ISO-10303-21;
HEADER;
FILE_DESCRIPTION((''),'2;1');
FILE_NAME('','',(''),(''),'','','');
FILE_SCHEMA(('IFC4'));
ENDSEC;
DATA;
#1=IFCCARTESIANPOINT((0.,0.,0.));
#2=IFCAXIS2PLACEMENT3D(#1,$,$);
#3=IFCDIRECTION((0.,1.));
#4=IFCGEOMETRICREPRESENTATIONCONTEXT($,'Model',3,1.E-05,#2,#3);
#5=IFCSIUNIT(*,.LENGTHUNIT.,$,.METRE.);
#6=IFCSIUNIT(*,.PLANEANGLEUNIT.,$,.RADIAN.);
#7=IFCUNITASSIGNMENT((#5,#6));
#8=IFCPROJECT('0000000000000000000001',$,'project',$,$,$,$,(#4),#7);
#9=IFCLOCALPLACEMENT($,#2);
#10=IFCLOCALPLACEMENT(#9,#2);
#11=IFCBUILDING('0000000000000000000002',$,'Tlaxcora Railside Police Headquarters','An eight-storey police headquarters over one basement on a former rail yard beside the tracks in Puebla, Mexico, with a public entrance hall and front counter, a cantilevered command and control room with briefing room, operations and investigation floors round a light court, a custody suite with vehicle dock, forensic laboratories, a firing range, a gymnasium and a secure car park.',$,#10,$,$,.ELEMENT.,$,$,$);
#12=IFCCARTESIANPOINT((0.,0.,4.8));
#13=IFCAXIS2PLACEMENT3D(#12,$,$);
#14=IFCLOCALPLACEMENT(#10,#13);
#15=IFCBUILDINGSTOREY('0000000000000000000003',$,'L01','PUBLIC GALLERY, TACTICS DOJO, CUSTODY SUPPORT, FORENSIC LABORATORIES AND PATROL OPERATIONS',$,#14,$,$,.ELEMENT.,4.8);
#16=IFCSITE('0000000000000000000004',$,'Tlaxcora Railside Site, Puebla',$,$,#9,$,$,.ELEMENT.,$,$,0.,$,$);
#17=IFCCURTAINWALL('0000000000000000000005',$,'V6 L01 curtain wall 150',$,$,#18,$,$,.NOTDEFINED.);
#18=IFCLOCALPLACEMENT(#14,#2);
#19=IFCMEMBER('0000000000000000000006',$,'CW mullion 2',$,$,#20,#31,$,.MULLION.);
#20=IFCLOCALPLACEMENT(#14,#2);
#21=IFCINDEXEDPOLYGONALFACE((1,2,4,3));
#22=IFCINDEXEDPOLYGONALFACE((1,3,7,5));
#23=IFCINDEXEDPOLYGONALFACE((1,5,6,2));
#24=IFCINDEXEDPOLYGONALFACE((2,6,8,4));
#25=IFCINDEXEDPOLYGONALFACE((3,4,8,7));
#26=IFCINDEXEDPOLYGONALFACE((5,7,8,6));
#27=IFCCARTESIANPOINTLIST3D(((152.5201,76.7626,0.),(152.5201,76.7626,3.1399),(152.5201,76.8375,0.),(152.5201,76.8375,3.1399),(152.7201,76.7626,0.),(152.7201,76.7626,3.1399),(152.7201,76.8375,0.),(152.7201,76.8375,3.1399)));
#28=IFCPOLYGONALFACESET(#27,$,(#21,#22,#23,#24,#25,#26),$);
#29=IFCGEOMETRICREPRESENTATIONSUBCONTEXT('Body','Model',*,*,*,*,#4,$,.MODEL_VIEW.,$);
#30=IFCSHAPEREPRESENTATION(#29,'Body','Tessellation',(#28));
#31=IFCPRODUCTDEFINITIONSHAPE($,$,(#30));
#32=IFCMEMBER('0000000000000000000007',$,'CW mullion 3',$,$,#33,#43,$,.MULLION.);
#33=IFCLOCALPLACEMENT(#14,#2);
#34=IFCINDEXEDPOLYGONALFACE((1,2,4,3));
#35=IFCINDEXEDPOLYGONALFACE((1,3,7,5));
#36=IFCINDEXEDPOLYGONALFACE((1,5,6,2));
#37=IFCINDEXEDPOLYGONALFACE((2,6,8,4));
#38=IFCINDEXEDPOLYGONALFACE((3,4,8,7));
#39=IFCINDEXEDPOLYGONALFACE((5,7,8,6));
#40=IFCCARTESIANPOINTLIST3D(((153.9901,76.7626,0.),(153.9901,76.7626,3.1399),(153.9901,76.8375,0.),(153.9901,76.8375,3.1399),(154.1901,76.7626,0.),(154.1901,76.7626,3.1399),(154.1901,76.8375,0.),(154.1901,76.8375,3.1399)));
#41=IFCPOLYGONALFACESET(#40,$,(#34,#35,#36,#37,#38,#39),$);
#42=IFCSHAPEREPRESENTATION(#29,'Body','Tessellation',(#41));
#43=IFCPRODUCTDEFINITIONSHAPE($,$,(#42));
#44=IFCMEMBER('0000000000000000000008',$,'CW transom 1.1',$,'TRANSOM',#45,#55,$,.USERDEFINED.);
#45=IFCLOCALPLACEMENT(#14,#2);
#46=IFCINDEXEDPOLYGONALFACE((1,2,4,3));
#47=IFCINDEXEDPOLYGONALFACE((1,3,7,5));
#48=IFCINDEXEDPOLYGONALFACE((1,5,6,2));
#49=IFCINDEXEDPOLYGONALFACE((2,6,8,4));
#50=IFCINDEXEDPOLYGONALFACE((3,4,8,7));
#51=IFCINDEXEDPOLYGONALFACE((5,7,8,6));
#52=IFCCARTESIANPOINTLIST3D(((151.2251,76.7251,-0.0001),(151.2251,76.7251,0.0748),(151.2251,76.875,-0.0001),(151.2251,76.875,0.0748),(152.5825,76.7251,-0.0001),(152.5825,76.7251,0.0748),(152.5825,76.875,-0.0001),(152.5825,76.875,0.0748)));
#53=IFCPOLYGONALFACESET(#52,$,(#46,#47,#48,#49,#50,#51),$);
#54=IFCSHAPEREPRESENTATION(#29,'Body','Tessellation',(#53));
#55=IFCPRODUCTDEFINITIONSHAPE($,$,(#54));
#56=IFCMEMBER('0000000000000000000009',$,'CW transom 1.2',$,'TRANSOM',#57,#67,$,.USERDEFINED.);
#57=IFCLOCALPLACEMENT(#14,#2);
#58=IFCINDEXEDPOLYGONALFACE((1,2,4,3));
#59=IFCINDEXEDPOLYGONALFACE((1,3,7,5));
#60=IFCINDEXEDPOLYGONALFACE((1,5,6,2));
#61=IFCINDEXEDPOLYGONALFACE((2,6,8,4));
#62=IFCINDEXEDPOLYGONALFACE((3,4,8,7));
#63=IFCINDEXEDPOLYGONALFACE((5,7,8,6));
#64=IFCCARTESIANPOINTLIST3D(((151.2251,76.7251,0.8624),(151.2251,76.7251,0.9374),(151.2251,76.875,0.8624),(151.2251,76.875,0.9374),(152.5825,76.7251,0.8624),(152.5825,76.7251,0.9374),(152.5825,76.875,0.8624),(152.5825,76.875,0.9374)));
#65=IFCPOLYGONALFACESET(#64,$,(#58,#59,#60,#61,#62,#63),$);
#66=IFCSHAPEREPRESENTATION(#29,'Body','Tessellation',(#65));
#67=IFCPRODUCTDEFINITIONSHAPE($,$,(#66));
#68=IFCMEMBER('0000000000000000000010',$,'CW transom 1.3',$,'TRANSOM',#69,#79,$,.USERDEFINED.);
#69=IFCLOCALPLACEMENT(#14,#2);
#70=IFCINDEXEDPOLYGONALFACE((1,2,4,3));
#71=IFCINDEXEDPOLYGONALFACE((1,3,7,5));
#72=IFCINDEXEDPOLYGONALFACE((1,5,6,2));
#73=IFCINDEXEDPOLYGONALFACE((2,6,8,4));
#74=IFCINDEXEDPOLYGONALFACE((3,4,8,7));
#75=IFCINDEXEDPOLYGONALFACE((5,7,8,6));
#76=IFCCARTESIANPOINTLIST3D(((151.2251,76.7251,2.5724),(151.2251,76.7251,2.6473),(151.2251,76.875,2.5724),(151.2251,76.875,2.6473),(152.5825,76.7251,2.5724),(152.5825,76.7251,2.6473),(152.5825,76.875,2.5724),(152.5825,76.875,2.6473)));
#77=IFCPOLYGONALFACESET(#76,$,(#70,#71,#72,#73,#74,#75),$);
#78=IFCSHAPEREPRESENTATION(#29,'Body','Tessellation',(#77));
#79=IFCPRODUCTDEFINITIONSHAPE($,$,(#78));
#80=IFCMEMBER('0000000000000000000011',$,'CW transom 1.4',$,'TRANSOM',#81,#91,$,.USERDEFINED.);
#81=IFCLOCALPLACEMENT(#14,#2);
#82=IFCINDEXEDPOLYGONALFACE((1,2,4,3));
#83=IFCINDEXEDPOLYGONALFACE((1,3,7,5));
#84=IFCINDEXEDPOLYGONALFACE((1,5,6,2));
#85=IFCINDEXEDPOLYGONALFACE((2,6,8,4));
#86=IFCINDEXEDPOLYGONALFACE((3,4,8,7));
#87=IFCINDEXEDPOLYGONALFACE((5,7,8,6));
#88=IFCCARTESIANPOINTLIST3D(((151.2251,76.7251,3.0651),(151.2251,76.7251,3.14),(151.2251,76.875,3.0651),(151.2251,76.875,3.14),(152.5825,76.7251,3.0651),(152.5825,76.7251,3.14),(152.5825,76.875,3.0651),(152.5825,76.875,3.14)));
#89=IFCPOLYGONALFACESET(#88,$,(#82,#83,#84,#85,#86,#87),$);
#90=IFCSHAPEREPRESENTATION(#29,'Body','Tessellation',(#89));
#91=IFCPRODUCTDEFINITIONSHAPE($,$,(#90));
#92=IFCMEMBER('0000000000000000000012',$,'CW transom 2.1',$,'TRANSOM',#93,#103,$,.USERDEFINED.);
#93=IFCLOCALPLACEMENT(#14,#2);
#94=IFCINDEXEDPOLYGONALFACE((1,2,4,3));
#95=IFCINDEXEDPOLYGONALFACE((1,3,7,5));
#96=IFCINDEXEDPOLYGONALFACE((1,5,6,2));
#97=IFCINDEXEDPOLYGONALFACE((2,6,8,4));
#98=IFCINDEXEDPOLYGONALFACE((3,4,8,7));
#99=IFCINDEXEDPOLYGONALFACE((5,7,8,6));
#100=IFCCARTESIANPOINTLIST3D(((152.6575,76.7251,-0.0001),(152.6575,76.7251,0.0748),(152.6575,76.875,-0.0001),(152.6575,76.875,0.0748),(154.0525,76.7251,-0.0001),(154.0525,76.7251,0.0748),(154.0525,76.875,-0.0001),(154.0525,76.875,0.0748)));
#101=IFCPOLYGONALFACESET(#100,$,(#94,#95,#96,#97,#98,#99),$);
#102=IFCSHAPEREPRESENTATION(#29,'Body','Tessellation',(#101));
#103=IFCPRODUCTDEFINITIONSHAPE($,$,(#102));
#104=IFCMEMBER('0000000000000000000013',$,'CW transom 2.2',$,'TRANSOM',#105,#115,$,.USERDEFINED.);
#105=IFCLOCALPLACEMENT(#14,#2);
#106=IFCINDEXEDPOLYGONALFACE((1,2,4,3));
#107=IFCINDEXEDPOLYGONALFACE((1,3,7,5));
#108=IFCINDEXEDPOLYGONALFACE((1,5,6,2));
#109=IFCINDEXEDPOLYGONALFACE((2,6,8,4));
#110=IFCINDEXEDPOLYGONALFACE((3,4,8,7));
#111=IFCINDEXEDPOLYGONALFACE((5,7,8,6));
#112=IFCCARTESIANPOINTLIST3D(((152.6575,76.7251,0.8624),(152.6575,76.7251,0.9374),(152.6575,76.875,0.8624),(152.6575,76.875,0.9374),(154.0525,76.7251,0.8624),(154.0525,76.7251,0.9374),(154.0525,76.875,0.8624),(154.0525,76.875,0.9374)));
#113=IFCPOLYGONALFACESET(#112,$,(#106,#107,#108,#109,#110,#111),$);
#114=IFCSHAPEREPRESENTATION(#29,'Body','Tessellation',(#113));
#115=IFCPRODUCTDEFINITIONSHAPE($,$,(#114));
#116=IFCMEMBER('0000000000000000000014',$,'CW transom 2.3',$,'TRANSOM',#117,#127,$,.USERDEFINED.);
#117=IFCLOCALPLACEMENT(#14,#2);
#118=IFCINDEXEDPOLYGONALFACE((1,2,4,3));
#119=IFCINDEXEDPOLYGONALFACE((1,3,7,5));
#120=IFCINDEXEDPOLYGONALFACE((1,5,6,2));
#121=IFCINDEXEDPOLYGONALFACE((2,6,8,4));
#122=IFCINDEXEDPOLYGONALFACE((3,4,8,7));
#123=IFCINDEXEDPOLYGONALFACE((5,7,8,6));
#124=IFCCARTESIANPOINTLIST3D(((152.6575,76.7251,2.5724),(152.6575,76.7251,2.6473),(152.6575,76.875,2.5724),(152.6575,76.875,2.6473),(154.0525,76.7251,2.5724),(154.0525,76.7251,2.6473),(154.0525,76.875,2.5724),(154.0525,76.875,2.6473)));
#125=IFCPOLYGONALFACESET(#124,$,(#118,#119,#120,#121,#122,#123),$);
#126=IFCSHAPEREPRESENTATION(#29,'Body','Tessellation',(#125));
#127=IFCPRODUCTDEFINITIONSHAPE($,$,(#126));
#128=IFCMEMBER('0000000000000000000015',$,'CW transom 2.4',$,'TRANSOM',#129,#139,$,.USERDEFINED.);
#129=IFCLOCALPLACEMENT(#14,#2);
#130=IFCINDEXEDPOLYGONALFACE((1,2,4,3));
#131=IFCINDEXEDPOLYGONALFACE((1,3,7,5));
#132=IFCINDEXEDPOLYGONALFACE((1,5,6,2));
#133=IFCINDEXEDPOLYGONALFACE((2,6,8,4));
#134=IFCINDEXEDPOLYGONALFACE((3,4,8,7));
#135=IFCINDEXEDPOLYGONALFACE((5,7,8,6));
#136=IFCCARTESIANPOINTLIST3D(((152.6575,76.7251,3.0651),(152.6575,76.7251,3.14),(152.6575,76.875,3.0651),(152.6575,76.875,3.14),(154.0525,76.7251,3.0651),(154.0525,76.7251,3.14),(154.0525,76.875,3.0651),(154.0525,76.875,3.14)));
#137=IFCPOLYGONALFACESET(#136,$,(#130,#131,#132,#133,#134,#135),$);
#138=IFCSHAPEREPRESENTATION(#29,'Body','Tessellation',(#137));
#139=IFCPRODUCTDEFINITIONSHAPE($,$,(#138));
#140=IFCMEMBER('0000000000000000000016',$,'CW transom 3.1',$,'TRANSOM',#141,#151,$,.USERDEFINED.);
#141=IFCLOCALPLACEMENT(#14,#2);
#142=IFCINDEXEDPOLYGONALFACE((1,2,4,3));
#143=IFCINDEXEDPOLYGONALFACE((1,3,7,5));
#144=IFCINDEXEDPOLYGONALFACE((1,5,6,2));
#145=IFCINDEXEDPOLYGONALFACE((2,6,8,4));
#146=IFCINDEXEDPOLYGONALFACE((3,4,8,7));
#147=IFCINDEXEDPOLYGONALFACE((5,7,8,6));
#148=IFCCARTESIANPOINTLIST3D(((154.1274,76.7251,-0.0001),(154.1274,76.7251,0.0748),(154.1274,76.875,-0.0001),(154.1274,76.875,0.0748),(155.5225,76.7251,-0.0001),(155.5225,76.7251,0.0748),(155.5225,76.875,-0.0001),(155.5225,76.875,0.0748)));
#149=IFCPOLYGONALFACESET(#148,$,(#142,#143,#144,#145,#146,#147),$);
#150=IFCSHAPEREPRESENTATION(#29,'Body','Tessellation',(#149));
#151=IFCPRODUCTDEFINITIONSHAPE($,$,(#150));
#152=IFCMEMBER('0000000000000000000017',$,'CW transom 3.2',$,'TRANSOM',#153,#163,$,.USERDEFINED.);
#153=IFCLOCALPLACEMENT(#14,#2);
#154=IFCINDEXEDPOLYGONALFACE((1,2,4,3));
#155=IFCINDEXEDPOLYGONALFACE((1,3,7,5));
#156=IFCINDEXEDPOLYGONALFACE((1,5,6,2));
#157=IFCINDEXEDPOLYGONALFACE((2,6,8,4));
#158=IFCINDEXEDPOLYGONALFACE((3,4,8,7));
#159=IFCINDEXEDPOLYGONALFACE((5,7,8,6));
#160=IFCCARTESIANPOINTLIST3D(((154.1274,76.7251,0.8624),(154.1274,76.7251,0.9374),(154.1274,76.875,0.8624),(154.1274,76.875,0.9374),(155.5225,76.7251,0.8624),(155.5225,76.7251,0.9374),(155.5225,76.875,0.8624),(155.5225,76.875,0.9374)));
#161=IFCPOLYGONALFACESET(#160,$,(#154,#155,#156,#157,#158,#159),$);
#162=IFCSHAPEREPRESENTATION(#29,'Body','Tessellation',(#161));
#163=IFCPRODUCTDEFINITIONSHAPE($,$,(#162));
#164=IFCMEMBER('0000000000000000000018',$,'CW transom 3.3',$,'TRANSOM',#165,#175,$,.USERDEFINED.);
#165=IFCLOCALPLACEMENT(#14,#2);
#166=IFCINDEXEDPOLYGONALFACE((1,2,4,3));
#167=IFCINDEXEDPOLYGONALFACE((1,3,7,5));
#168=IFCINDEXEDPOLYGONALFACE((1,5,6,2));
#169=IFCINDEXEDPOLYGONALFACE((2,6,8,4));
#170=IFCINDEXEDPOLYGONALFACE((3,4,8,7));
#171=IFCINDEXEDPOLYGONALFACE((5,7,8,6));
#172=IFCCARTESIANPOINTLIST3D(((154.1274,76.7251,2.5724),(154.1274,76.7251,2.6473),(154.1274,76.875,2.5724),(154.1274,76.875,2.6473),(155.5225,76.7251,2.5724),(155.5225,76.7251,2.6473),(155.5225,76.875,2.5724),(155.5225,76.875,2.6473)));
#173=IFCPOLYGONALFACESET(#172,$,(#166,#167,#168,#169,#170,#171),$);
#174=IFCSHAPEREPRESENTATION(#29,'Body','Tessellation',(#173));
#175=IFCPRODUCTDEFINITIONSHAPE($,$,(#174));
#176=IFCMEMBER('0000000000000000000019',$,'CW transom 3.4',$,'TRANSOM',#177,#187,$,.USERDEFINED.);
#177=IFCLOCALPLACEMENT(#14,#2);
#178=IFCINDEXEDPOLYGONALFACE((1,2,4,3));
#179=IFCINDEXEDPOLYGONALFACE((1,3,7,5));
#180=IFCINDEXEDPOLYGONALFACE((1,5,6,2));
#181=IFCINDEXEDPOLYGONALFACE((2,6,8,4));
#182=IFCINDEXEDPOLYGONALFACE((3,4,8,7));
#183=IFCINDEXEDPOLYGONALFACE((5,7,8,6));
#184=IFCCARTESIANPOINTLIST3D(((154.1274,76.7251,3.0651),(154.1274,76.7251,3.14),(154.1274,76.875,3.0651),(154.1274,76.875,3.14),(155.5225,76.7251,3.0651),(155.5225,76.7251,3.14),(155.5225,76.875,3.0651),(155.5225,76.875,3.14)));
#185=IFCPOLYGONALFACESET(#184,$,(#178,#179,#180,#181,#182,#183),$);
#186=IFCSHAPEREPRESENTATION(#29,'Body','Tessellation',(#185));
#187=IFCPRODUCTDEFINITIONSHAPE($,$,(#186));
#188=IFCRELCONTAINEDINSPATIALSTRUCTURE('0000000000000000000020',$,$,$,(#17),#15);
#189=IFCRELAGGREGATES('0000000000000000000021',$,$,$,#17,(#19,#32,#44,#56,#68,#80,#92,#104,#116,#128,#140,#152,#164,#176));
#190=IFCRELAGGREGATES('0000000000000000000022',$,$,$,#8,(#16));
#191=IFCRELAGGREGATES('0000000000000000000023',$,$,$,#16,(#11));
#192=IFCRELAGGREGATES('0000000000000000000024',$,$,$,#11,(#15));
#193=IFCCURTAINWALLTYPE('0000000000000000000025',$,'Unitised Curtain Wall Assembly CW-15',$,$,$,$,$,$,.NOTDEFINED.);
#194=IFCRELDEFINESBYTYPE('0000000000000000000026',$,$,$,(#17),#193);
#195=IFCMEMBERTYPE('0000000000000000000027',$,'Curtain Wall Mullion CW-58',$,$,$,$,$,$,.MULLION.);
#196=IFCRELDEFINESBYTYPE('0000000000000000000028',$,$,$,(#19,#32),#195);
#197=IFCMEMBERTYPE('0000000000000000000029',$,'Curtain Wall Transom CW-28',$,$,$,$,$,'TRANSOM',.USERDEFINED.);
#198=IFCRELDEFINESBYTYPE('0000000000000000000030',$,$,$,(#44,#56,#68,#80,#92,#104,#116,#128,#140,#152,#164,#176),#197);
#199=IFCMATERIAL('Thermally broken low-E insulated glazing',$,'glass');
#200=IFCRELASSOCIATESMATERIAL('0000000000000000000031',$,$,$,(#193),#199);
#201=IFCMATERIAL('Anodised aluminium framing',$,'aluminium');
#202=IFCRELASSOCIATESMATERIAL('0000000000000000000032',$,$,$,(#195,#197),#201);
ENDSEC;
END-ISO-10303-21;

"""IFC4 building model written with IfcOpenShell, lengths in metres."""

from ifc_helpers import new_model, si_unit, direction, frame, origin, origin_2d, place, context, subcontext, project, spatial, rectangle, extrude, material, material_profile, profile_set, type_object, element, aggregate, save


model = new_model("IFC4")

# Units and contexts
model_context = context("Model", 3, precision=1e-05, world=origin(), true_north=direction((0.0, 1.0)))
body_context = subcontext(model_context, "Body", "Model", "MODEL_VIEW")
ifc_project = project(units=[si_unit("LENGTHUNIT", "METRE"), si_unit("PLANEANGLEUNIT", "RADIAN")], contexts=[model_context])

# Site, building, storey
site_placement = place(None, origin())
site = spatial("IfcSite", under=ifc_project, at=site_placement, Name="Tlaxcora Railside Site, Puebla", CompositionType="ELEMENT", RefElevation=0.0)
building_placement = place(site_placement, origin())
building = spatial("IfcBuilding", under=site, at=building_placement, Name="Tlaxcora Railside Police Headquarters", Description="An eight-storey police headquarters over one basement on a former rail yard beside the tracks in Puebla, Mexico, with a public entrance hall and front counter, a cantilevered command and control room with briefing room, operations and investigation floors round a light court, a custody suite with vehicle dock, forensic laboratories, a firing range, a gymnasium and a secure car park.", CompositionType="ELEMENT")
storey_placement = place(building_placement, frame((0.0, 0.0, 4.8)))
storey = spatial("IfcBuildingStorey", under=building, at=storey_placement, Name="L01", Description="PUBLIC GALLERY, TACTICS DOJO, CUSTODY SUPPORT, FORENSIC LABORATORIES AND PATROL OPERATIONS", CompositionType="ELEMENT", Elevation=4.8)

# Curtain wall, members
ifc_material_1 = material(Name="Thermally broken low-E insulated glazing", Category="glass")
curtain_wall_type = type_object("IfcCurtainWallType", Name="Unitised Curtain Wall Assembly CW-15", PredefinedType="NOTDEFINED", material=ifc_material_1)
curtain_wall_placement = place(storey_placement, origin())
curtain_wall = element("IfcCurtainWall", 1, at=curtain_wall_placement, inside=storey, type_object=curtain_wall_type, Name="V6 L01 curtain wall 150", PredefinedType="NOTDEFINED")
ifc_material_2 = material(Name="Anodised aluminium framing", Category="aluminium")
ifc_material_profile_1 = material_profile(ifc_material_2, rectangle(XDim=0.075, YDim=0.2, at=origin_2d()), Name="AL75X200")
ifc_profile_set_1 = profile_set([ifc_material_profile_1], Name="Anodised aluminium framing")
member_type_1 = type_object("IfcMemberType", Name="Curtain Wall Mullion CW-58", PredefinedType="MULLION", material=ifc_profile_set_1)
member_1_placement = place(storey_placement, frame((152.6201, 76.8, 0.0), z_axis=(0.0, 0.0, 1.0), x_axis=(0.0, 1.0, 0.0)))
member_1 = element("IfcMember", 2, at=member_1_placement, type_object=member_type_1, Name="CW mullion 2", PredefinedType="MULLION", context=body_context, shape_type="SweptSolid", body=[
    extrude(rectangle(XDim=0.075, YDim=0.2, at=origin_2d()), origin(), (0.0, 0.0, 1.0), 3.1399),
])
member_2_placement = place(storey_placement, frame((154.0901, 76.8, 0.0), z_axis=(0.0, 0.0, 1.0), x_axis=(0.0, 1.0, 0.0)))
member_2 = element("IfcMember", 3, at=member_2_placement, type_object=member_type_1, Name="CW mullion 3", PredefinedType="MULLION", context=body_context, shape_type="SweptSolid", body=[
    extrude(rectangle(XDim=0.075, YDim=0.2, at=origin_2d()), origin(), (0.0, 0.0, 1.0), 3.1399),
])
ifc_material_profile_2 = material_profile(ifc_material_2, rectangle(XDim=0.1499, YDim=0.075, at=origin_2d()), Name="AL75X150")
ifc_profile_set_2 = profile_set([ifc_material_profile_2], Name="Anodised aluminium framing")
member_type_2 = type_object("IfcMemberType", Name="Curtain Wall Transom CW-28", ElementType="TRANSOM", PredefinedType="USERDEFINED", material=ifc_profile_set_2)
member_3_placement = place(storey_placement, frame((151.2251, 76.8, 0.0374), z_axis=(1.0, 0.0, 0.0), x_axis=(0.0, 1.0, 0.0)))
member_3 = element("IfcMember", 4, at=member_3_placement, type_object=member_type_2, Name="CW transom 1.1", ObjectType="TRANSOM", PredefinedType="USERDEFINED", context=body_context, shape_type="SweptSolid", body=[
    extrude(rectangle(XDim=0.1499, YDim=0.075, at=origin_2d()), origin(), (0.0, 0.0, 1.0), 1.3574),
])
member_4_placement = place(storey_placement, frame((151.2251, 76.8, 0.8999), z_axis=(1.0, 0.0, 0.0), x_axis=(0.0, 1.0, 0.0)))
member_4 = element("IfcMember", 5, at=member_4_placement, type_object=member_type_2, Name="CW transom 1.2", ObjectType="TRANSOM", PredefinedType="USERDEFINED", context=body_context, shape_type="SweptSolid", body=[
    extrude(rectangle(XDim=0.1499, YDim=0.075, at=origin_2d()), origin(), (0.0, 0.0, 1.0), 1.3574),
])
member_5_placement = place(storey_placement, frame((151.2251, 76.8, 2.6099), z_axis=(1.0, 0.0, 0.0), x_axis=(0.0, 1.0, 0.0)))
member_5 = element("IfcMember", 6, at=member_5_placement, type_object=member_type_2, Name="CW transom 1.3", ObjectType="TRANSOM", PredefinedType="USERDEFINED", context=body_context, shape_type="SweptSolid", body=[
    extrude(rectangle(XDim=0.1499, YDim=0.075, at=origin_2d()), origin(), (0.0, 0.0, 1.0), 1.3574),
])
member_6_placement = place(storey_placement, frame((151.2251, 76.8, 3.1025), z_axis=(1.0, 0.0, 0.0), x_axis=(0.0, 1.0, 0.0)))
member_6 = element("IfcMember", 7, at=member_6_placement, type_object=member_type_2, Name="CW transom 1.4", ObjectType="TRANSOM", PredefinedType="USERDEFINED", context=body_context, shape_type="SweptSolid", body=[
    extrude(rectangle(XDim=0.1499, YDim=0.075, at=origin_2d()), origin(), (0.0, 0.0, 1.0), 1.3574),
])
member_7_placement = place(storey_placement, frame((152.6575, 76.8, 0.0374), z_axis=(1.0, 0.0, 0.0), x_axis=(0.0, 1.0, 0.0)))
member_7 = element("IfcMember", 8, at=member_7_placement, type_object=member_type_2, Name="CW transom 2.1", ObjectType="TRANSOM", PredefinedType="USERDEFINED", context=body_context, shape_type="SweptSolid", body=[
    extrude(rectangle(XDim=0.1499, YDim=0.075, at=origin_2d()), origin(), (0.0, 0.0, 1.0), 1.395),
])
member_8_placement = place(storey_placement, frame((152.6575, 76.8, 0.8999), z_axis=(1.0, 0.0, 0.0), x_axis=(0.0, 1.0, 0.0)))
member_8 = element("IfcMember", 9, at=member_8_placement, type_object=member_type_2, Name="CW transom 2.2", ObjectType="TRANSOM", PredefinedType="USERDEFINED", context=body_context, shape_type="SweptSolid", body=[
    extrude(rectangle(XDim=0.1499, YDim=0.075, at=origin_2d()), origin(), (0.0, 0.0, 1.0), 1.395),
])
member_9_placement = place(storey_placement, frame((152.6575, 76.8, 2.6099), z_axis=(1.0, 0.0, 0.0), x_axis=(0.0, 1.0, 0.0)))
member_9 = element("IfcMember", 10, at=member_9_placement, type_object=member_type_2, Name="CW transom 2.3", ObjectType="TRANSOM", PredefinedType="USERDEFINED", context=body_context, shape_type="SweptSolid", body=[
    extrude(rectangle(XDim=0.1499, YDim=0.075, at=origin_2d()), origin(), (0.0, 0.0, 1.0), 1.395),
])
member_10_placement = place(storey_placement, frame((152.6575, 76.8, 3.1025), z_axis=(1.0, 0.0, 0.0), x_axis=(0.0, 1.0, 0.0)))
member_10 = element("IfcMember", 11, at=member_10_placement, type_object=member_type_2, Name="CW transom 2.4", ObjectType="TRANSOM", PredefinedType="USERDEFINED", context=body_context, shape_type="SweptSolid", body=[
    extrude(rectangle(XDim=0.1499, YDim=0.075, at=origin_2d()), origin(), (0.0, 0.0, 1.0), 1.395),
])
member_11_placement = place(storey_placement, frame((154.1274, 76.8, 0.0374), z_axis=(1.0, 0.0, 0.0), x_axis=(0.0, 1.0, 0.0)))
member_11 = element("IfcMember", 12, at=member_11_placement, type_object=member_type_2, Name="CW transom 3.1", ObjectType="TRANSOM", PredefinedType="USERDEFINED", context=body_context, shape_type="SweptSolid", body=[
    extrude(rectangle(XDim=0.1499, YDim=0.075, at=origin_2d()), origin(), (0.0, 0.0, 1.0), 1.395),
])
member_12_placement = place(storey_placement, frame((154.1274, 76.8, 0.8999), z_axis=(1.0, 0.0, 0.0), x_axis=(0.0, 1.0, 0.0)))
member_12 = element("IfcMember", 13, at=member_12_placement, type_object=member_type_2, Name="CW transom 3.2", ObjectType="TRANSOM", PredefinedType="USERDEFINED", context=body_context, shape_type="SweptSolid", body=[
    extrude(rectangle(XDim=0.1499, YDim=0.075, at=origin_2d()), origin(), (0.0, 0.0, 1.0), 1.395),
])
member_13_placement = place(storey_placement, frame((154.1274, 76.8, 2.6099), z_axis=(1.0, 0.0, 0.0), x_axis=(0.0, 1.0, 0.0)))
member_13 = element("IfcMember", 14, at=member_13_placement, type_object=member_type_2, Name="CW transom 3.3", ObjectType="TRANSOM", PredefinedType="USERDEFINED", context=body_context, shape_type="SweptSolid", body=[
    extrude(rectangle(XDim=0.1499, YDim=0.075, at=origin_2d()), origin(), (0.0, 0.0, 1.0), 1.395),
])
member_14_placement = place(storey_placement, frame((154.1274, 76.8, 3.1025), z_axis=(1.0, 0.0, 0.0), x_axis=(0.0, 1.0, 0.0)))
member_14 = element("IfcMember", 15, at=member_14_placement, type_object=member_type_2, Name="CW transom 3.4", ObjectType="TRANSOM", PredefinedType="USERDEFINED", context=body_context, shape_type="SweptSolid", body=[
    extrude(rectangle(XDim=0.1499, YDim=0.075, at=origin_2d()), origin(), (0.0, 0.0, 1.0), 1.395),
])
aggregate(curtain_wall, [member_1, member_2, member_3, member_4, member_5, member_6, member_7, member_8, member_9, member_10, member_11, member_12, member_13, member_14])

save(model, "model.ifc")
